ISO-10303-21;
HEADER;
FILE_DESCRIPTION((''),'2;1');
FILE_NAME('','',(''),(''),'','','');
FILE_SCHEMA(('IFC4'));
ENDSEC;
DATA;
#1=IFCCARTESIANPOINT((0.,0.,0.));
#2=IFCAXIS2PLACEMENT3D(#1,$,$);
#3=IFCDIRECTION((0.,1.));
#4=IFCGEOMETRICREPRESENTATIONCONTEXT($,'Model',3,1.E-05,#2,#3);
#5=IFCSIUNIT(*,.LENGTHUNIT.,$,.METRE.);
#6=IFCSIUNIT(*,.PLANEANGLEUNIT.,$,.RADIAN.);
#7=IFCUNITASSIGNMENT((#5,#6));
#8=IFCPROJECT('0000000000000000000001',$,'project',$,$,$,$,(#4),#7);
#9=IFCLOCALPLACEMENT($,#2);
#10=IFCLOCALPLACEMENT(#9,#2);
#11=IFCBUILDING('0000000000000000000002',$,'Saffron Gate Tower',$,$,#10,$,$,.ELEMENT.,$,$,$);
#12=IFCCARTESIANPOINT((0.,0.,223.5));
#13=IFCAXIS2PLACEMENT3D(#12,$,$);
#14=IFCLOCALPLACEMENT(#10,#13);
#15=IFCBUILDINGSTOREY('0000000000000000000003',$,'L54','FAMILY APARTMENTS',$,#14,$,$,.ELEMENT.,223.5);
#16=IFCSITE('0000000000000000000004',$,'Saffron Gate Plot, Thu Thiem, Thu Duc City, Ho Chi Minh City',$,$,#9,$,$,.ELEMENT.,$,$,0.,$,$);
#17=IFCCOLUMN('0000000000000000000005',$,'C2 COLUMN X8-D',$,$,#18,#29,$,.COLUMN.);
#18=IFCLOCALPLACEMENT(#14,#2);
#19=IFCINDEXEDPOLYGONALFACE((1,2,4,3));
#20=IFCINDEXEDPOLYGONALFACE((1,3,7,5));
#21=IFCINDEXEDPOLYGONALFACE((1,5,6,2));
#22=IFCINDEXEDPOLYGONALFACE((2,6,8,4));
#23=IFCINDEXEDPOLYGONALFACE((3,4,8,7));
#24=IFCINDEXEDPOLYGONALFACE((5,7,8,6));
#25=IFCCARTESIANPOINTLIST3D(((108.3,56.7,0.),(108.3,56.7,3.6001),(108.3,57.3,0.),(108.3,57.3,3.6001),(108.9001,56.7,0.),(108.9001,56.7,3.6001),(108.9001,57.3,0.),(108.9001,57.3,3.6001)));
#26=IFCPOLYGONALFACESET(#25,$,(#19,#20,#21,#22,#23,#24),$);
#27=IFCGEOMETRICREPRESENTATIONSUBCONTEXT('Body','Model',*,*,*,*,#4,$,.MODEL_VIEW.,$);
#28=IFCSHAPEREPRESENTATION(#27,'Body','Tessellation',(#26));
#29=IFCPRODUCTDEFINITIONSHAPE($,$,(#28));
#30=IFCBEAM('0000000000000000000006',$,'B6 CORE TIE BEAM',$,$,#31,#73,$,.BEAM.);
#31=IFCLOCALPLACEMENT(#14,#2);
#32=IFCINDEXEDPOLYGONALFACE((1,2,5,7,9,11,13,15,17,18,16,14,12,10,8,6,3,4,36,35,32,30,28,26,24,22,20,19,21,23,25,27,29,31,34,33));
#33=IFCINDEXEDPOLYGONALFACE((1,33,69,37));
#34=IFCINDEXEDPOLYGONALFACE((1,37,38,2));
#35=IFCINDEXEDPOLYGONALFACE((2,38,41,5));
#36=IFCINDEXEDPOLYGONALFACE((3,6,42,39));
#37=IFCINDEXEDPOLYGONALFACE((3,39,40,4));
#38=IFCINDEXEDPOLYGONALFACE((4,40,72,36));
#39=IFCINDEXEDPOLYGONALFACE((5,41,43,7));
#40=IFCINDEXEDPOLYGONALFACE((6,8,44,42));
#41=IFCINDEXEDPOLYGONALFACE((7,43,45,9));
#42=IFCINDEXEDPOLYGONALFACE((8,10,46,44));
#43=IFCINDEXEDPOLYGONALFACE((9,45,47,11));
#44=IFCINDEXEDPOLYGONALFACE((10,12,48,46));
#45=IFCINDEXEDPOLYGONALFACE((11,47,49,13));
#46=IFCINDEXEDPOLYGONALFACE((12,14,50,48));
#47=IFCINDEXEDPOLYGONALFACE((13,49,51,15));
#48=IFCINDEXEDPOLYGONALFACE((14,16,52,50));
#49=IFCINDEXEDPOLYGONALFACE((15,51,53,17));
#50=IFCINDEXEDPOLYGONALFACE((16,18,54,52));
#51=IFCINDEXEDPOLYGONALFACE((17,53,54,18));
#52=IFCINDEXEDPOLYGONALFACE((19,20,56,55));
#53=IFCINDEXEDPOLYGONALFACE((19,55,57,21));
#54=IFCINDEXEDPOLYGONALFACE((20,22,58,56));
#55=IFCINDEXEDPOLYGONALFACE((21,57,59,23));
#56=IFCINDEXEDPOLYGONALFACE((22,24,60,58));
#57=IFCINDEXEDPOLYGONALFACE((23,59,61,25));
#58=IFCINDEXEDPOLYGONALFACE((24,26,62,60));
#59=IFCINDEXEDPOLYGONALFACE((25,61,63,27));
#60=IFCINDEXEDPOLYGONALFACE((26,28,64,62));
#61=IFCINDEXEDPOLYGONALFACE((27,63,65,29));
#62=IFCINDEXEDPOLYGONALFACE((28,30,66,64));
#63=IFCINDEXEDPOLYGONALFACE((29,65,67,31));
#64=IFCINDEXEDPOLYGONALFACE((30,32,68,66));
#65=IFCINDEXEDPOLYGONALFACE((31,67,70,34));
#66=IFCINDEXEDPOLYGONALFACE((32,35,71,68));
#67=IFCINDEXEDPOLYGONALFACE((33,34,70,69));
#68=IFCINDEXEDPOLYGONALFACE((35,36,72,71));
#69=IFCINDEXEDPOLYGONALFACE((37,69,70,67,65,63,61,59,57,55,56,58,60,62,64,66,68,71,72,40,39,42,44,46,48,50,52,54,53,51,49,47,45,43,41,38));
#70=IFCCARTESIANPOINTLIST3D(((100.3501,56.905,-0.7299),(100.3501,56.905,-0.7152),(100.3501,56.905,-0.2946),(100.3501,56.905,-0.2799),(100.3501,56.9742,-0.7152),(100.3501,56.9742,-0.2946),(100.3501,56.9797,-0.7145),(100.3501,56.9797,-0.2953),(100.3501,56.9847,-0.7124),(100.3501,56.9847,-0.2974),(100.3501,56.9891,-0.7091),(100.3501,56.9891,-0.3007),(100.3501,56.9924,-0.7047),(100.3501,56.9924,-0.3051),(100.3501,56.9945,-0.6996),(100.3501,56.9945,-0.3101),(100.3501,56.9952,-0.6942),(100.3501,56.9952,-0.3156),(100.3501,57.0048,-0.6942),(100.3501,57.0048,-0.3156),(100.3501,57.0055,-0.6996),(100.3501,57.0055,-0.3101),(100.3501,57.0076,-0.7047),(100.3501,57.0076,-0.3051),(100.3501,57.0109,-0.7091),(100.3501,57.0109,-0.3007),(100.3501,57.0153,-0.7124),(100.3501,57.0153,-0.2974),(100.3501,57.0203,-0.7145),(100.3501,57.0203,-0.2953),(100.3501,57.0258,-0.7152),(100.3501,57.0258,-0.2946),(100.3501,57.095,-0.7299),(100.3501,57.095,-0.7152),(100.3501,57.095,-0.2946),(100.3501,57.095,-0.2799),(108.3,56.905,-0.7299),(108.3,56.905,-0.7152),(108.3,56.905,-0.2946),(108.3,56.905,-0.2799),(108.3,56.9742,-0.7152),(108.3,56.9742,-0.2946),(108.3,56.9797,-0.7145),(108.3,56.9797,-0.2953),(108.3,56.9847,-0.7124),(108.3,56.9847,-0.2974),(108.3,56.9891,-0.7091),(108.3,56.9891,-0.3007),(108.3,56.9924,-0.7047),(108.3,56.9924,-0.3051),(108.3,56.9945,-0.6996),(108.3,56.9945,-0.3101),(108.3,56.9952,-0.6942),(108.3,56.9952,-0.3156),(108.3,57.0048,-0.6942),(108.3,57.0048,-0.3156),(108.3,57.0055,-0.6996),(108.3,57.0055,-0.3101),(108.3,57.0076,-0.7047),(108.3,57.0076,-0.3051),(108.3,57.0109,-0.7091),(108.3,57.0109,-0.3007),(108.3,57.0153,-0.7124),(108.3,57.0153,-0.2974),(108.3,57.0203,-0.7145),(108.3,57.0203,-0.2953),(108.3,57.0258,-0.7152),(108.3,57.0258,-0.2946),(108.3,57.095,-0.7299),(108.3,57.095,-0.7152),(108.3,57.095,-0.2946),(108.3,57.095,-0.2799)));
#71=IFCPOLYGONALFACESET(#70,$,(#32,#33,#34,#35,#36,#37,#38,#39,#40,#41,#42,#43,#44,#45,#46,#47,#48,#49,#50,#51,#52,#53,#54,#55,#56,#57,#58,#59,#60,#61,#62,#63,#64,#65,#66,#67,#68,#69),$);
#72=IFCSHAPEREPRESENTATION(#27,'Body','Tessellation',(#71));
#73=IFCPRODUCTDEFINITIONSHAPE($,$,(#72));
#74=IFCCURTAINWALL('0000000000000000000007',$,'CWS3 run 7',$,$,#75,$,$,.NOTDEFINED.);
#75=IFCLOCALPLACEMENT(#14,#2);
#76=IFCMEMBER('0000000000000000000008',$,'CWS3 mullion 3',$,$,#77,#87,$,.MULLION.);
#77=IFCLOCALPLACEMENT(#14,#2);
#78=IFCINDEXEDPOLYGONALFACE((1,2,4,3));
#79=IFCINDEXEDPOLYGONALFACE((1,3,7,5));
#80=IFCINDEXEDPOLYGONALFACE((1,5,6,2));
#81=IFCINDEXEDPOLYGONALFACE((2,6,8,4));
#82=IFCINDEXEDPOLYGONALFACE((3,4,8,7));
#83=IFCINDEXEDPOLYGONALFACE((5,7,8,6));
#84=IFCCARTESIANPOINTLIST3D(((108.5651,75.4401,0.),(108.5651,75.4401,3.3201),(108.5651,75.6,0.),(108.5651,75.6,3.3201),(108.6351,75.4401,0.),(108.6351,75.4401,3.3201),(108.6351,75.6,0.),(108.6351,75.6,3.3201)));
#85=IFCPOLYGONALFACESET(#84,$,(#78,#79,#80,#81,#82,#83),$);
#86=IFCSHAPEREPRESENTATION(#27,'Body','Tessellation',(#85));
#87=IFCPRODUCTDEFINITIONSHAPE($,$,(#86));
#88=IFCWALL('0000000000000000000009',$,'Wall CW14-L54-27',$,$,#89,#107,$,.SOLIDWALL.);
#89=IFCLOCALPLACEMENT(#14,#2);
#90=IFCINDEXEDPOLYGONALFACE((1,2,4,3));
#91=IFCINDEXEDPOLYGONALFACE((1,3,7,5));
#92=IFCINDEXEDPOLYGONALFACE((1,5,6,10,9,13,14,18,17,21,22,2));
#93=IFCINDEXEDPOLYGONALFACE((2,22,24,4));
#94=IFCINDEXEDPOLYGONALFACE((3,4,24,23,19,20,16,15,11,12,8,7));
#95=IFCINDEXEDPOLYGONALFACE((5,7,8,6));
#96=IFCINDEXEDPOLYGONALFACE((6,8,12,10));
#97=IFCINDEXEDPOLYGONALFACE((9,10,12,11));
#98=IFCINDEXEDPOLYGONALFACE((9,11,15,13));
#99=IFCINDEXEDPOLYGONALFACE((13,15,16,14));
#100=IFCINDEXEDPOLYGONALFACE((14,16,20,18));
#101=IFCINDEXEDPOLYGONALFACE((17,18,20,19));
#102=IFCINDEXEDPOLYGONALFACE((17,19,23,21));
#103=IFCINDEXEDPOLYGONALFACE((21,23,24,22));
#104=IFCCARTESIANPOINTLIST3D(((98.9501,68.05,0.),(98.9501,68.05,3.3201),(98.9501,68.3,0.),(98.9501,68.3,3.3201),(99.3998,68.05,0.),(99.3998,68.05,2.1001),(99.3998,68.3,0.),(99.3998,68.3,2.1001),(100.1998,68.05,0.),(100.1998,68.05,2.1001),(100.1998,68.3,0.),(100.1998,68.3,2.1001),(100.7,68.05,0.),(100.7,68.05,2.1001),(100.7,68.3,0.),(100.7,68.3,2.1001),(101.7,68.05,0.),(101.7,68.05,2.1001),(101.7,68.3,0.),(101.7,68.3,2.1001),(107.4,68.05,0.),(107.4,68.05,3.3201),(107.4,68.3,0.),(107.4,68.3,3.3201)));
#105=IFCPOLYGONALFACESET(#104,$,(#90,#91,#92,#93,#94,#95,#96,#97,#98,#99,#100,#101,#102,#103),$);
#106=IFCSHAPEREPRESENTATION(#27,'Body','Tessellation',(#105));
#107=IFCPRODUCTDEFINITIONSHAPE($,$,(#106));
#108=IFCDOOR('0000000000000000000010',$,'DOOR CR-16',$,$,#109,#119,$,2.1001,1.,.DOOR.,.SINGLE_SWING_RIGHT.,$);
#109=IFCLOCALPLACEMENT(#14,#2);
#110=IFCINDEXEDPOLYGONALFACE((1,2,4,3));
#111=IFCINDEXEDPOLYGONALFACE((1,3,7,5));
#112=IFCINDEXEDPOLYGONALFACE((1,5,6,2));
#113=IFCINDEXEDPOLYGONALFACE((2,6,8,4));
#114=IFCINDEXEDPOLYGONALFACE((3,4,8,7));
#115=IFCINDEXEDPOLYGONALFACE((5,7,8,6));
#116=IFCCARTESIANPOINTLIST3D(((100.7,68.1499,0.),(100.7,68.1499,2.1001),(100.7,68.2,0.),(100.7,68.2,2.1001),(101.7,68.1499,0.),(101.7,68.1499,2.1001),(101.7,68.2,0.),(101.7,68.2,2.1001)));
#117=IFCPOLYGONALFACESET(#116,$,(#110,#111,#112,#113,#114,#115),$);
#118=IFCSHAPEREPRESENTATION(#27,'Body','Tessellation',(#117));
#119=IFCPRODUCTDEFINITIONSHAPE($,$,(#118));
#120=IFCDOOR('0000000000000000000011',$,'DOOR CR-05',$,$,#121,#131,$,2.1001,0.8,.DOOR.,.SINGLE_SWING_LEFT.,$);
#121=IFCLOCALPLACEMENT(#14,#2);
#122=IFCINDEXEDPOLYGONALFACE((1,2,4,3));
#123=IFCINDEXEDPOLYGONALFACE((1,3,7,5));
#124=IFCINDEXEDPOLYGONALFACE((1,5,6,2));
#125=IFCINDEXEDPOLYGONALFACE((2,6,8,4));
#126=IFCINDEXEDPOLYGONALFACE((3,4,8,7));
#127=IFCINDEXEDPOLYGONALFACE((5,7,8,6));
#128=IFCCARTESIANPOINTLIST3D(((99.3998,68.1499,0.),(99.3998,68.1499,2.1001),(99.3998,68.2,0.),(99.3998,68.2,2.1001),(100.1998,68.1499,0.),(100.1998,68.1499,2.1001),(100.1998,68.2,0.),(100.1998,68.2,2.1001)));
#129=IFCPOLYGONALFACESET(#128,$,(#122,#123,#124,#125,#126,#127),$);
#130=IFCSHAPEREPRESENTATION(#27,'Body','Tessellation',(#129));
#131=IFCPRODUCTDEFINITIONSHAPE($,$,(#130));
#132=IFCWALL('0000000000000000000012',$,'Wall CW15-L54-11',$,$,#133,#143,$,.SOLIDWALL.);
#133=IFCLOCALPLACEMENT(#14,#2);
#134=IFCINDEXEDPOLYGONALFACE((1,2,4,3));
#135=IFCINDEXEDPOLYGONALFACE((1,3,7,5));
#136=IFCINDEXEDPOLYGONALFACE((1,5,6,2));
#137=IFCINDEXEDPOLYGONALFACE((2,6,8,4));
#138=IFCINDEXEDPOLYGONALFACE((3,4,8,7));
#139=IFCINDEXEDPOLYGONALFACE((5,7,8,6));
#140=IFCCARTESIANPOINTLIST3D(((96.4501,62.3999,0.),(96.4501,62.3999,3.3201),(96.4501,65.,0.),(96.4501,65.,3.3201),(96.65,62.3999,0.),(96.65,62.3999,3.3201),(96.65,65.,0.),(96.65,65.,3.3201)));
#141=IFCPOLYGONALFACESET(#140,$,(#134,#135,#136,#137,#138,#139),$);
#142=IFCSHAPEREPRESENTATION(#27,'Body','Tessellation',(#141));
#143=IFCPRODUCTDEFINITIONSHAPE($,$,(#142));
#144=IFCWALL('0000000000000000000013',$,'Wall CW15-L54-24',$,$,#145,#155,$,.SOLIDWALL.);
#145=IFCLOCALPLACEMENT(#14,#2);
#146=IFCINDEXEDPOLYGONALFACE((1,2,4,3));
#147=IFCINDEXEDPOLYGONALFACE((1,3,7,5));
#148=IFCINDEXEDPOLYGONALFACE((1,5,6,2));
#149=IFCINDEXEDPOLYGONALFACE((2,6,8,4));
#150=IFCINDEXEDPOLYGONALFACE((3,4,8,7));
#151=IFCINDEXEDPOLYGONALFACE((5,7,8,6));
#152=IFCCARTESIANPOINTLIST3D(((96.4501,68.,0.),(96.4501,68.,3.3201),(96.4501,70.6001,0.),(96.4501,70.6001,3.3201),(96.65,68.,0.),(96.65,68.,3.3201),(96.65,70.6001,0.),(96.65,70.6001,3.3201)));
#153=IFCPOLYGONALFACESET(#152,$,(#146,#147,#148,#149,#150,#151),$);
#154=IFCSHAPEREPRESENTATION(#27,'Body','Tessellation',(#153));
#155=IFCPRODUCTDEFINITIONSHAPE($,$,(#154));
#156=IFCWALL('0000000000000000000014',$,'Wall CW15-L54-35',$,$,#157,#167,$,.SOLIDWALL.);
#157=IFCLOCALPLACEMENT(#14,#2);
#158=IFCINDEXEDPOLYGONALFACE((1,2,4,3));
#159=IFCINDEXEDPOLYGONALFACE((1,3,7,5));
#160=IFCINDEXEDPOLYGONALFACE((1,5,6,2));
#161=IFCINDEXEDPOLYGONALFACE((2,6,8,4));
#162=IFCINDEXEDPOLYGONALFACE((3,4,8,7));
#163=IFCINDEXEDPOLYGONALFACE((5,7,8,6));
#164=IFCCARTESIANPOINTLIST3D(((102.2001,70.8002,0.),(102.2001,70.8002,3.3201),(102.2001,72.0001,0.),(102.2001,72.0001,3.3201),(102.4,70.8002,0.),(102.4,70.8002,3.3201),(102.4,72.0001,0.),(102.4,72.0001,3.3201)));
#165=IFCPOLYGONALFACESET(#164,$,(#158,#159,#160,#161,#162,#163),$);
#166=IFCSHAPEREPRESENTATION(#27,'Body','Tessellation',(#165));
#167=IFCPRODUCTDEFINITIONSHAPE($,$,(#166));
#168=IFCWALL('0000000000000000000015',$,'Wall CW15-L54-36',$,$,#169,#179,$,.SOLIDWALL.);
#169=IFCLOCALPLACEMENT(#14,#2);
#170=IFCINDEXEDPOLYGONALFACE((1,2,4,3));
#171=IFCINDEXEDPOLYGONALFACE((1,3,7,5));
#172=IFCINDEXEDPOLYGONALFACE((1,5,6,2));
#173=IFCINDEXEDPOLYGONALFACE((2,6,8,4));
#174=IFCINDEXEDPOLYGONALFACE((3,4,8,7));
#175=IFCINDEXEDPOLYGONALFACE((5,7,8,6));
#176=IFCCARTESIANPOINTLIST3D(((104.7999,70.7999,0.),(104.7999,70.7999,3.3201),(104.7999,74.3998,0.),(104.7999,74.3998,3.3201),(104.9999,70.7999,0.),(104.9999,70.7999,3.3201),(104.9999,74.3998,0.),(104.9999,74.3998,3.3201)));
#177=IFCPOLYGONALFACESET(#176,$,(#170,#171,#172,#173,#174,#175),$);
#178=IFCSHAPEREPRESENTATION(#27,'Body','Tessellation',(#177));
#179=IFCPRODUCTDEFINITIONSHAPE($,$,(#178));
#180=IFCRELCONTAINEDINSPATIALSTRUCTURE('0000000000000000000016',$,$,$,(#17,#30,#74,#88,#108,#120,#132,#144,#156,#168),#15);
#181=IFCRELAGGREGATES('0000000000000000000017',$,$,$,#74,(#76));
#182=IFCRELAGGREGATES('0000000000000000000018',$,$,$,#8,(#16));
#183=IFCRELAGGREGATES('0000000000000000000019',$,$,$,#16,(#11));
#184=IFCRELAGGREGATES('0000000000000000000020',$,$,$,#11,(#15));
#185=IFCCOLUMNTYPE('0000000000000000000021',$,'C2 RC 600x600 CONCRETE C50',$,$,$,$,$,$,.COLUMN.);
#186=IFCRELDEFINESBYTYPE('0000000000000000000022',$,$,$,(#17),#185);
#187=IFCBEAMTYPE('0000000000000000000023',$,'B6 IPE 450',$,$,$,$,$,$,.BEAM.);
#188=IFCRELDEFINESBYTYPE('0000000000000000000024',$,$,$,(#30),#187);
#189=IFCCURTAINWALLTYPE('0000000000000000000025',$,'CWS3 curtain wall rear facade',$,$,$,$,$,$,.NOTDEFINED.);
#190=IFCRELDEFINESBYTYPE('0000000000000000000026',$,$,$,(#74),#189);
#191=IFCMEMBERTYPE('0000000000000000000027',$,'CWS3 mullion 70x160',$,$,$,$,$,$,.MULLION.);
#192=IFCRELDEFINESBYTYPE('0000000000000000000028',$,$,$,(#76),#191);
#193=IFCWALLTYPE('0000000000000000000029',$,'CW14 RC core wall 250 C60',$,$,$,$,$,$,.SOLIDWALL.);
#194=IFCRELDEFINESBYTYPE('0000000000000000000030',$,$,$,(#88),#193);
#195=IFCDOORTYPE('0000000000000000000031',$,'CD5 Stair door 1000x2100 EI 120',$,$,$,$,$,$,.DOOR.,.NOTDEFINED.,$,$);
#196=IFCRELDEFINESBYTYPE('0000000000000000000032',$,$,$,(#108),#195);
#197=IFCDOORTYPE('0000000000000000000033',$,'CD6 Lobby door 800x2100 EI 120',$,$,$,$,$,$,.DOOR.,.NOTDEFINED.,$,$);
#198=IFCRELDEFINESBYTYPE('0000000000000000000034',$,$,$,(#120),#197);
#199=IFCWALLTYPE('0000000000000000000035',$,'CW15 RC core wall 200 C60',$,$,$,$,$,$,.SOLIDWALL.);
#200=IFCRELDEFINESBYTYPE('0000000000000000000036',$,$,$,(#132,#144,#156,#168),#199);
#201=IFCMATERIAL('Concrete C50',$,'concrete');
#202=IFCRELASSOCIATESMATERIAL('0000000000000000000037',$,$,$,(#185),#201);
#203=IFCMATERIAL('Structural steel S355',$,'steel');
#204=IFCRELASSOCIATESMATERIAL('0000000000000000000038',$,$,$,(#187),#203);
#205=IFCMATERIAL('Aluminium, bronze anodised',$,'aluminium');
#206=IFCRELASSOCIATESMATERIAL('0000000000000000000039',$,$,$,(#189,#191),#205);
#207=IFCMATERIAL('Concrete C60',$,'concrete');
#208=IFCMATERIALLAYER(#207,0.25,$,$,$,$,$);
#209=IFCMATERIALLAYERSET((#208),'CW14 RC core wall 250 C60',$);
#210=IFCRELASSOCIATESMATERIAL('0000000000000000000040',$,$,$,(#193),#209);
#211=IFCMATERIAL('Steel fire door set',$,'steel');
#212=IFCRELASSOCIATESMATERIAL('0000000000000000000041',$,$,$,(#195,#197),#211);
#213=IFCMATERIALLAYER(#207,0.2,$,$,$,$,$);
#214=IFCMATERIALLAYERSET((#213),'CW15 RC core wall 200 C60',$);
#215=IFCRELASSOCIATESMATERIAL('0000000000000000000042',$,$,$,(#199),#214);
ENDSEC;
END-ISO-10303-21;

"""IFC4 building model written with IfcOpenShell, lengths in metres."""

from ifc_helpers import new_model, si_unit, direction, frame, frame_2d, origin, origin_2d, place, context, subcontext, project, spatial, rectangle, i_section, extrude, material, layer, layer_set, material_profile, profile_set, type_object, element, fill, aggregate, save


model = new_model("IFC4")

# Units and contexts
model_context = context("Model", 3, precision=1e-05, world=origin(), true_north=direction((0.0, 1.0)))
body_context = subcontext(model_context, "Body", "Model", "MODEL_VIEW")
ifc_project = project(units=[si_unit("LENGTHUNIT", "METRE"), si_unit("PLANEANGLEUNIT", "RADIAN")], contexts=[model_context])

# Site, building, storey
site_placement = place(None, origin())
site = spatial("IfcSite", under=ifc_project, at=site_placement, Name="Saffron Gate Plot, Thu Thiem, Thu Duc City, Ho Chi Minh City", CompositionType="ELEMENT", RefElevation=0.0)
building_placement = place(site_placement, origin())
building = spatial("IfcBuilding", under=site, at=building_placement, Name="Saffron Gate Tower", CompositionType="ELEMENT")
storey_placement = place(building_placement, frame((0.0, 0.0, 223.5)))
storey = spatial("IfcBuildingStorey", under=building, at=storey_placement, Name="L54", Description="FAMILY APARTMENTS", CompositionType="ELEMENT", Elevation=223.5)

# Column
ifc_material_1 = material(Name="Concrete C50", Category="concrete")
ifc_material_profile_1 = material_profile(ifc_material_1, rectangle(XDim=0.6001, YDim=0.6001, at=origin_2d()))
ifc_profile_set_1 = profile_set([ifc_material_profile_1], Name="Concrete C50")
column_type = type_object("IfcColumnType", Name="C2 RC 600x600 CONCRETE C50", PredefinedType="COLUMN", material=ifc_profile_set_1)
column_placement = place(storey_placement, frame((108.6001, 57.0, 0.0), z_axis=(0.0, 0.0, 1.0), x_axis=(1.0, 0.0, 0.0)))
element("IfcColumn", 1, at=column_placement, inside=storey, type_object=column_type, Name="C2 COLUMN X8-D", PredefinedType="COLUMN", context=body_context, shape_type="SweptSolid", body=[
    extrude(rectangle(XDim=0.6001, YDim=0.6001, at=origin_2d()), origin(), (0.0, 0.0, 1.0), 3.6001),
])

# Beam
ifc_material_2 = material(Name="Structural steel S355", Category="steel")
ifc_material_profile_2 = material_profile(ifc_material_2, i_section(OverallWidth=0.1899, OverallDepth=0.45, WebThickness=0.0095, FlangeThickness=0.0146, FilletRadius=0.021, at=origin_2d()))
ifc_profile_set_2 = profile_set([ifc_material_profile_2], Name="Structural steel S355")
beam_type = type_object("IfcBeamType", Name="B6 IPE 450", PredefinedType="BEAM", material=ifc_profile_set_2)
beam_placement = place(storey_placement, frame((108.3, 57.0, -0.5049), z_axis=(-1.0, 0.0, 0.0), x_axis=(0.0, -1.0, 0.0)))
element("IfcBeam", 2, at=beam_placement, inside=storey, type_object=beam_type, Name="B6 CORE TIE BEAM", PredefinedType="BEAM", context=body_context, shape_type="SweptSolid", body=[
    extrude(i_section(OverallWidth=0.1899, OverallDepth=0.45, WebThickness=0.0095, FlangeThickness=0.0146, FilletRadius=0.021, at=origin_2d()), origin(), (0.0, 0.0, 1.0), 7.95),
])

# Curtain wall, member
ifc_material_3 = material(Name="Aluminium, bronze anodised", Category="aluminium")
curtain_wall_type = type_object("IfcCurtainWallType", Name="CWS3 curtain wall rear facade", PredefinedType="NOTDEFINED", material=ifc_material_3)
curtain_wall_placement = place(storey_placement, origin())
curtain_wall = element("IfcCurtainWall", 3, at=curtain_wall_placement, inside=storey, type_object=curtain_wall_type, Name="CWS3 run 7", PredefinedType="NOTDEFINED")
ifc_material_profile_3 = material_profile(ifc_material_3, rectangle(XDim=0.1599, YDim=0.0701, at=origin_2d()))
ifc_profile_set_3 = profile_set([ifc_material_profile_3], Name="Aluminium, bronze anodised")
member_type = type_object("IfcMemberType", Name="CWS3 mullion 70x160", PredefinedType="MULLION", material=ifc_profile_set_3)
member_placement = place(storey_placement, frame((108.6001, 75.52, 0.0), z_axis=(0.0, 0.0, 1.0), x_axis=(0.0, -1.0, 0.0)))
member = element("IfcMember", 4, at=member_placement, type_object=member_type, Name="CWS3 mullion 3", PredefinedType="MULLION", context=body_context, shape_type="SweptSolid", body=[
    extrude(rectangle(XDim=0.1599, YDim=0.0701, at=origin_2d()), origin(), (0.0, 0.0, 1.0), 3.3201),
])
aggregate(curtain_wall, [member])

# Wall, openings, doors
ifc_material_4 = material(Name="Concrete C60", Category="concrete")
ifc_layer_1 = layer(ifc_material_4, 0.25)
ifc_layer_set_1 = layer_set([ifc_layer_1], Name="CW14 RC core wall 250 C60")
wall_type_1 = type_object("IfcWallType", Name="CW14 RC core wall 250 C60", PredefinedType="SOLIDWALL", material=ifc_layer_set_1)
wall_1_placement = place(storey_placement, frame((98.95, 68.175, 0.0), z_axis=(0.0, 0.0, 1.0), x_axis=(1.0, 0.0, 0.0)))
wall_1 = element("IfcWall", 5, at=wall_1_placement, inside=storey, type_object=wall_type_1, Name="Wall CW14-L54-27", PredefinedType="SOLIDWALL", context=body_context, shape_type="SweptSolid", body=[
    extrude(rectangle(XDim=8.45, YDim=0.25, at=frame_2d((4.2251, 0.0))), origin(), (0.0, 0.0, 1.0), 3.3201),
])
opening_1_placement = place(wall_1_placement, frame((0.45, 0.0, 0.0)))
opening_1 = element("IfcOpeningElement", 6, at=opening_1_placement, cuts=wall_1, PredefinedType="OPENING", context=body_context, shape_type="SweptSolid", body=[
    extrude(rectangle(XDim=0.8, YDim=2.1001, at=frame_2d((0.3999, 1.05))), frame((0.0, 0.135, 0.0), z_axis=(0.0, -1.0, 0.0), x_axis=(1.0, 0.0, 0.0)), (0.0, 0.0, 1.0), 0.27),
])
opening_2_placement = place(wall_1_placement, frame((1.75, 0.0, 0.0)))
opening_2 = element("IfcOpeningElement", 7, at=opening_2_placement, cuts=wall_1, PredefinedType="OPENING", context=body_context, shape_type="SweptSolid", body=[
    extrude(rectangle(XDim=1.0, YDim=2.1001, at=frame_2d((0.5, 1.05))), frame((0.0, 0.135, 0.0), z_axis=(0.0, -1.0, 0.0), x_axis=(1.0, 0.0, 0.0)), (0.0, 0.0, 1.0), 0.27),
])
ifc_material_5 = material(Name="Steel fire door set", Category="steel")
door_type_1 = type_object("IfcDoorType", Name="CD5 Stair door 1000x2100 EI 120", OperationType="NOTDEFINED", PredefinedType="DOOR", material=ifc_material_5)
door_1_placement = place(opening_2_placement, origin())
door_1 = element("IfcDoor", 8, at=door_1_placement, inside=storey, type_object=door_type_1, Name="DOOR CR-16", OperationType="SINGLE_SWING_RIGHT", OverallHeight=2.1001, OverallWidth=1.0, PredefinedType="DOOR", context=body_context, shape_type="SweptSolid", body=[
    extrude(rectangle(XDim=1.0, YDim=2.1001, at=frame_2d((0.5, 1.05))), frame((0.0, 0.0249, 0.0), z_axis=(0.0, -1.0, 0.0), x_axis=(1.0, 0.0, 0.0)), (0.0, 0.0, 1.0), 0.05),
])
fill(opening_2, door_1)
door_type_2 = type_object("IfcDoorType", Name="CD6 Lobby door 800x2100 EI 120", OperationType="NOTDEFINED", PredefinedType="DOOR", material=ifc_material_5)
door_2_placement = place(opening_1_placement, origin())
door_2 = element("IfcDoor", 9, at=door_2_placement, inside=storey, type_object=door_type_2, Name="DOOR CR-05", OperationType="SINGLE_SWING_LEFT", OverallHeight=2.1001, OverallWidth=0.8, PredefinedType="DOOR", context=body_context, shape_type="SweptSolid", body=[
    extrude(rectangle(XDim=0.8, YDim=2.1001, at=frame_2d((0.3999, 1.05))), frame((0.0, 0.0249, 0.0), z_axis=(0.0, -1.0, 0.0), x_axis=(1.0, 0.0, 0.0)), (0.0, 0.0, 1.0), 0.05),
])
fill(opening_1, door_2)

# Walls
ifc_layer_2 = layer(ifc_material_4, 0.2)
ifc_layer_set_2 = layer_set([ifc_layer_2], Name="CW15 RC core wall 200 C60")
wall_type_2 = type_object("IfcWallType", Name="CW15 RC core wall 200 C60", PredefinedType="SOLIDWALL", material=ifc_layer_set_2)
for number, where, z_axis, x_axis, name in (
    (10, (96.55, 62.3999, 0.0), (0.0, 0.0, 1.0), (0.0, 1.0, 0.0), "Wall CW15-L54-11"),
    (11, (96.55, 68.0, 0.0), (0.0, 0.0, 1.0), (0.0, 1.0, 0.0), "Wall CW15-L54-24"),
):
    element("IfcWall", number, at=place(storey_placement, frame(where, z_axis=z_axis, x_axis=x_axis)), inside=storey, type_object=wall_type_2, Name=name, PredefinedType="SOLIDWALL", context=body_context, shape_type="SweptSolid", body=[
        extrude(rectangle(XDim=2.6001, YDim=0.2, at=frame_2d((1.3, 0.0))), origin(), (0.0, 0.0, 1.0), 3.3201),
    ])
wall_2_placement = place(storey_placement, frame((102.3, 70.8, 0.0), z_axis=(0.0, 0.0, 1.0), x_axis=(0.0, 1.0, 0.0)))
element("IfcWall", 12, at=wall_2_placement, inside=storey, type_object=wall_type_2, Name="Wall CW15-L54-35", PredefinedType="SOLIDWALL", context=body_context, shape_type="SweptSolid", body=[
    extrude(rectangle(XDim=1.2, YDim=0.2, at=frame_2d((0.6001, 0.0))), origin(), (0.0, 0.0, 1.0), 3.3201),
])
wall_3_placement = place(storey_placement, frame((104.8999, 70.8, 0.0), z_axis=(0.0, 0.0, 1.0), x_axis=(0.0, 1.0, 0.0)))
element("IfcWall", 13, at=wall_3_placement, inside=storey, type_object=wall_type_2, Name="Wall CW15-L54-36", PredefinedType="SOLIDWALL", context=body_context, shape_type="SweptSolid", body=[
    extrude(rectangle(XDim=3.5999, YDim=0.2, at=frame_2d((1.7998, 0.0))), origin(), (0.0, 0.0, 1.0), 3.3201),
])

save(model, "model.ifc")
